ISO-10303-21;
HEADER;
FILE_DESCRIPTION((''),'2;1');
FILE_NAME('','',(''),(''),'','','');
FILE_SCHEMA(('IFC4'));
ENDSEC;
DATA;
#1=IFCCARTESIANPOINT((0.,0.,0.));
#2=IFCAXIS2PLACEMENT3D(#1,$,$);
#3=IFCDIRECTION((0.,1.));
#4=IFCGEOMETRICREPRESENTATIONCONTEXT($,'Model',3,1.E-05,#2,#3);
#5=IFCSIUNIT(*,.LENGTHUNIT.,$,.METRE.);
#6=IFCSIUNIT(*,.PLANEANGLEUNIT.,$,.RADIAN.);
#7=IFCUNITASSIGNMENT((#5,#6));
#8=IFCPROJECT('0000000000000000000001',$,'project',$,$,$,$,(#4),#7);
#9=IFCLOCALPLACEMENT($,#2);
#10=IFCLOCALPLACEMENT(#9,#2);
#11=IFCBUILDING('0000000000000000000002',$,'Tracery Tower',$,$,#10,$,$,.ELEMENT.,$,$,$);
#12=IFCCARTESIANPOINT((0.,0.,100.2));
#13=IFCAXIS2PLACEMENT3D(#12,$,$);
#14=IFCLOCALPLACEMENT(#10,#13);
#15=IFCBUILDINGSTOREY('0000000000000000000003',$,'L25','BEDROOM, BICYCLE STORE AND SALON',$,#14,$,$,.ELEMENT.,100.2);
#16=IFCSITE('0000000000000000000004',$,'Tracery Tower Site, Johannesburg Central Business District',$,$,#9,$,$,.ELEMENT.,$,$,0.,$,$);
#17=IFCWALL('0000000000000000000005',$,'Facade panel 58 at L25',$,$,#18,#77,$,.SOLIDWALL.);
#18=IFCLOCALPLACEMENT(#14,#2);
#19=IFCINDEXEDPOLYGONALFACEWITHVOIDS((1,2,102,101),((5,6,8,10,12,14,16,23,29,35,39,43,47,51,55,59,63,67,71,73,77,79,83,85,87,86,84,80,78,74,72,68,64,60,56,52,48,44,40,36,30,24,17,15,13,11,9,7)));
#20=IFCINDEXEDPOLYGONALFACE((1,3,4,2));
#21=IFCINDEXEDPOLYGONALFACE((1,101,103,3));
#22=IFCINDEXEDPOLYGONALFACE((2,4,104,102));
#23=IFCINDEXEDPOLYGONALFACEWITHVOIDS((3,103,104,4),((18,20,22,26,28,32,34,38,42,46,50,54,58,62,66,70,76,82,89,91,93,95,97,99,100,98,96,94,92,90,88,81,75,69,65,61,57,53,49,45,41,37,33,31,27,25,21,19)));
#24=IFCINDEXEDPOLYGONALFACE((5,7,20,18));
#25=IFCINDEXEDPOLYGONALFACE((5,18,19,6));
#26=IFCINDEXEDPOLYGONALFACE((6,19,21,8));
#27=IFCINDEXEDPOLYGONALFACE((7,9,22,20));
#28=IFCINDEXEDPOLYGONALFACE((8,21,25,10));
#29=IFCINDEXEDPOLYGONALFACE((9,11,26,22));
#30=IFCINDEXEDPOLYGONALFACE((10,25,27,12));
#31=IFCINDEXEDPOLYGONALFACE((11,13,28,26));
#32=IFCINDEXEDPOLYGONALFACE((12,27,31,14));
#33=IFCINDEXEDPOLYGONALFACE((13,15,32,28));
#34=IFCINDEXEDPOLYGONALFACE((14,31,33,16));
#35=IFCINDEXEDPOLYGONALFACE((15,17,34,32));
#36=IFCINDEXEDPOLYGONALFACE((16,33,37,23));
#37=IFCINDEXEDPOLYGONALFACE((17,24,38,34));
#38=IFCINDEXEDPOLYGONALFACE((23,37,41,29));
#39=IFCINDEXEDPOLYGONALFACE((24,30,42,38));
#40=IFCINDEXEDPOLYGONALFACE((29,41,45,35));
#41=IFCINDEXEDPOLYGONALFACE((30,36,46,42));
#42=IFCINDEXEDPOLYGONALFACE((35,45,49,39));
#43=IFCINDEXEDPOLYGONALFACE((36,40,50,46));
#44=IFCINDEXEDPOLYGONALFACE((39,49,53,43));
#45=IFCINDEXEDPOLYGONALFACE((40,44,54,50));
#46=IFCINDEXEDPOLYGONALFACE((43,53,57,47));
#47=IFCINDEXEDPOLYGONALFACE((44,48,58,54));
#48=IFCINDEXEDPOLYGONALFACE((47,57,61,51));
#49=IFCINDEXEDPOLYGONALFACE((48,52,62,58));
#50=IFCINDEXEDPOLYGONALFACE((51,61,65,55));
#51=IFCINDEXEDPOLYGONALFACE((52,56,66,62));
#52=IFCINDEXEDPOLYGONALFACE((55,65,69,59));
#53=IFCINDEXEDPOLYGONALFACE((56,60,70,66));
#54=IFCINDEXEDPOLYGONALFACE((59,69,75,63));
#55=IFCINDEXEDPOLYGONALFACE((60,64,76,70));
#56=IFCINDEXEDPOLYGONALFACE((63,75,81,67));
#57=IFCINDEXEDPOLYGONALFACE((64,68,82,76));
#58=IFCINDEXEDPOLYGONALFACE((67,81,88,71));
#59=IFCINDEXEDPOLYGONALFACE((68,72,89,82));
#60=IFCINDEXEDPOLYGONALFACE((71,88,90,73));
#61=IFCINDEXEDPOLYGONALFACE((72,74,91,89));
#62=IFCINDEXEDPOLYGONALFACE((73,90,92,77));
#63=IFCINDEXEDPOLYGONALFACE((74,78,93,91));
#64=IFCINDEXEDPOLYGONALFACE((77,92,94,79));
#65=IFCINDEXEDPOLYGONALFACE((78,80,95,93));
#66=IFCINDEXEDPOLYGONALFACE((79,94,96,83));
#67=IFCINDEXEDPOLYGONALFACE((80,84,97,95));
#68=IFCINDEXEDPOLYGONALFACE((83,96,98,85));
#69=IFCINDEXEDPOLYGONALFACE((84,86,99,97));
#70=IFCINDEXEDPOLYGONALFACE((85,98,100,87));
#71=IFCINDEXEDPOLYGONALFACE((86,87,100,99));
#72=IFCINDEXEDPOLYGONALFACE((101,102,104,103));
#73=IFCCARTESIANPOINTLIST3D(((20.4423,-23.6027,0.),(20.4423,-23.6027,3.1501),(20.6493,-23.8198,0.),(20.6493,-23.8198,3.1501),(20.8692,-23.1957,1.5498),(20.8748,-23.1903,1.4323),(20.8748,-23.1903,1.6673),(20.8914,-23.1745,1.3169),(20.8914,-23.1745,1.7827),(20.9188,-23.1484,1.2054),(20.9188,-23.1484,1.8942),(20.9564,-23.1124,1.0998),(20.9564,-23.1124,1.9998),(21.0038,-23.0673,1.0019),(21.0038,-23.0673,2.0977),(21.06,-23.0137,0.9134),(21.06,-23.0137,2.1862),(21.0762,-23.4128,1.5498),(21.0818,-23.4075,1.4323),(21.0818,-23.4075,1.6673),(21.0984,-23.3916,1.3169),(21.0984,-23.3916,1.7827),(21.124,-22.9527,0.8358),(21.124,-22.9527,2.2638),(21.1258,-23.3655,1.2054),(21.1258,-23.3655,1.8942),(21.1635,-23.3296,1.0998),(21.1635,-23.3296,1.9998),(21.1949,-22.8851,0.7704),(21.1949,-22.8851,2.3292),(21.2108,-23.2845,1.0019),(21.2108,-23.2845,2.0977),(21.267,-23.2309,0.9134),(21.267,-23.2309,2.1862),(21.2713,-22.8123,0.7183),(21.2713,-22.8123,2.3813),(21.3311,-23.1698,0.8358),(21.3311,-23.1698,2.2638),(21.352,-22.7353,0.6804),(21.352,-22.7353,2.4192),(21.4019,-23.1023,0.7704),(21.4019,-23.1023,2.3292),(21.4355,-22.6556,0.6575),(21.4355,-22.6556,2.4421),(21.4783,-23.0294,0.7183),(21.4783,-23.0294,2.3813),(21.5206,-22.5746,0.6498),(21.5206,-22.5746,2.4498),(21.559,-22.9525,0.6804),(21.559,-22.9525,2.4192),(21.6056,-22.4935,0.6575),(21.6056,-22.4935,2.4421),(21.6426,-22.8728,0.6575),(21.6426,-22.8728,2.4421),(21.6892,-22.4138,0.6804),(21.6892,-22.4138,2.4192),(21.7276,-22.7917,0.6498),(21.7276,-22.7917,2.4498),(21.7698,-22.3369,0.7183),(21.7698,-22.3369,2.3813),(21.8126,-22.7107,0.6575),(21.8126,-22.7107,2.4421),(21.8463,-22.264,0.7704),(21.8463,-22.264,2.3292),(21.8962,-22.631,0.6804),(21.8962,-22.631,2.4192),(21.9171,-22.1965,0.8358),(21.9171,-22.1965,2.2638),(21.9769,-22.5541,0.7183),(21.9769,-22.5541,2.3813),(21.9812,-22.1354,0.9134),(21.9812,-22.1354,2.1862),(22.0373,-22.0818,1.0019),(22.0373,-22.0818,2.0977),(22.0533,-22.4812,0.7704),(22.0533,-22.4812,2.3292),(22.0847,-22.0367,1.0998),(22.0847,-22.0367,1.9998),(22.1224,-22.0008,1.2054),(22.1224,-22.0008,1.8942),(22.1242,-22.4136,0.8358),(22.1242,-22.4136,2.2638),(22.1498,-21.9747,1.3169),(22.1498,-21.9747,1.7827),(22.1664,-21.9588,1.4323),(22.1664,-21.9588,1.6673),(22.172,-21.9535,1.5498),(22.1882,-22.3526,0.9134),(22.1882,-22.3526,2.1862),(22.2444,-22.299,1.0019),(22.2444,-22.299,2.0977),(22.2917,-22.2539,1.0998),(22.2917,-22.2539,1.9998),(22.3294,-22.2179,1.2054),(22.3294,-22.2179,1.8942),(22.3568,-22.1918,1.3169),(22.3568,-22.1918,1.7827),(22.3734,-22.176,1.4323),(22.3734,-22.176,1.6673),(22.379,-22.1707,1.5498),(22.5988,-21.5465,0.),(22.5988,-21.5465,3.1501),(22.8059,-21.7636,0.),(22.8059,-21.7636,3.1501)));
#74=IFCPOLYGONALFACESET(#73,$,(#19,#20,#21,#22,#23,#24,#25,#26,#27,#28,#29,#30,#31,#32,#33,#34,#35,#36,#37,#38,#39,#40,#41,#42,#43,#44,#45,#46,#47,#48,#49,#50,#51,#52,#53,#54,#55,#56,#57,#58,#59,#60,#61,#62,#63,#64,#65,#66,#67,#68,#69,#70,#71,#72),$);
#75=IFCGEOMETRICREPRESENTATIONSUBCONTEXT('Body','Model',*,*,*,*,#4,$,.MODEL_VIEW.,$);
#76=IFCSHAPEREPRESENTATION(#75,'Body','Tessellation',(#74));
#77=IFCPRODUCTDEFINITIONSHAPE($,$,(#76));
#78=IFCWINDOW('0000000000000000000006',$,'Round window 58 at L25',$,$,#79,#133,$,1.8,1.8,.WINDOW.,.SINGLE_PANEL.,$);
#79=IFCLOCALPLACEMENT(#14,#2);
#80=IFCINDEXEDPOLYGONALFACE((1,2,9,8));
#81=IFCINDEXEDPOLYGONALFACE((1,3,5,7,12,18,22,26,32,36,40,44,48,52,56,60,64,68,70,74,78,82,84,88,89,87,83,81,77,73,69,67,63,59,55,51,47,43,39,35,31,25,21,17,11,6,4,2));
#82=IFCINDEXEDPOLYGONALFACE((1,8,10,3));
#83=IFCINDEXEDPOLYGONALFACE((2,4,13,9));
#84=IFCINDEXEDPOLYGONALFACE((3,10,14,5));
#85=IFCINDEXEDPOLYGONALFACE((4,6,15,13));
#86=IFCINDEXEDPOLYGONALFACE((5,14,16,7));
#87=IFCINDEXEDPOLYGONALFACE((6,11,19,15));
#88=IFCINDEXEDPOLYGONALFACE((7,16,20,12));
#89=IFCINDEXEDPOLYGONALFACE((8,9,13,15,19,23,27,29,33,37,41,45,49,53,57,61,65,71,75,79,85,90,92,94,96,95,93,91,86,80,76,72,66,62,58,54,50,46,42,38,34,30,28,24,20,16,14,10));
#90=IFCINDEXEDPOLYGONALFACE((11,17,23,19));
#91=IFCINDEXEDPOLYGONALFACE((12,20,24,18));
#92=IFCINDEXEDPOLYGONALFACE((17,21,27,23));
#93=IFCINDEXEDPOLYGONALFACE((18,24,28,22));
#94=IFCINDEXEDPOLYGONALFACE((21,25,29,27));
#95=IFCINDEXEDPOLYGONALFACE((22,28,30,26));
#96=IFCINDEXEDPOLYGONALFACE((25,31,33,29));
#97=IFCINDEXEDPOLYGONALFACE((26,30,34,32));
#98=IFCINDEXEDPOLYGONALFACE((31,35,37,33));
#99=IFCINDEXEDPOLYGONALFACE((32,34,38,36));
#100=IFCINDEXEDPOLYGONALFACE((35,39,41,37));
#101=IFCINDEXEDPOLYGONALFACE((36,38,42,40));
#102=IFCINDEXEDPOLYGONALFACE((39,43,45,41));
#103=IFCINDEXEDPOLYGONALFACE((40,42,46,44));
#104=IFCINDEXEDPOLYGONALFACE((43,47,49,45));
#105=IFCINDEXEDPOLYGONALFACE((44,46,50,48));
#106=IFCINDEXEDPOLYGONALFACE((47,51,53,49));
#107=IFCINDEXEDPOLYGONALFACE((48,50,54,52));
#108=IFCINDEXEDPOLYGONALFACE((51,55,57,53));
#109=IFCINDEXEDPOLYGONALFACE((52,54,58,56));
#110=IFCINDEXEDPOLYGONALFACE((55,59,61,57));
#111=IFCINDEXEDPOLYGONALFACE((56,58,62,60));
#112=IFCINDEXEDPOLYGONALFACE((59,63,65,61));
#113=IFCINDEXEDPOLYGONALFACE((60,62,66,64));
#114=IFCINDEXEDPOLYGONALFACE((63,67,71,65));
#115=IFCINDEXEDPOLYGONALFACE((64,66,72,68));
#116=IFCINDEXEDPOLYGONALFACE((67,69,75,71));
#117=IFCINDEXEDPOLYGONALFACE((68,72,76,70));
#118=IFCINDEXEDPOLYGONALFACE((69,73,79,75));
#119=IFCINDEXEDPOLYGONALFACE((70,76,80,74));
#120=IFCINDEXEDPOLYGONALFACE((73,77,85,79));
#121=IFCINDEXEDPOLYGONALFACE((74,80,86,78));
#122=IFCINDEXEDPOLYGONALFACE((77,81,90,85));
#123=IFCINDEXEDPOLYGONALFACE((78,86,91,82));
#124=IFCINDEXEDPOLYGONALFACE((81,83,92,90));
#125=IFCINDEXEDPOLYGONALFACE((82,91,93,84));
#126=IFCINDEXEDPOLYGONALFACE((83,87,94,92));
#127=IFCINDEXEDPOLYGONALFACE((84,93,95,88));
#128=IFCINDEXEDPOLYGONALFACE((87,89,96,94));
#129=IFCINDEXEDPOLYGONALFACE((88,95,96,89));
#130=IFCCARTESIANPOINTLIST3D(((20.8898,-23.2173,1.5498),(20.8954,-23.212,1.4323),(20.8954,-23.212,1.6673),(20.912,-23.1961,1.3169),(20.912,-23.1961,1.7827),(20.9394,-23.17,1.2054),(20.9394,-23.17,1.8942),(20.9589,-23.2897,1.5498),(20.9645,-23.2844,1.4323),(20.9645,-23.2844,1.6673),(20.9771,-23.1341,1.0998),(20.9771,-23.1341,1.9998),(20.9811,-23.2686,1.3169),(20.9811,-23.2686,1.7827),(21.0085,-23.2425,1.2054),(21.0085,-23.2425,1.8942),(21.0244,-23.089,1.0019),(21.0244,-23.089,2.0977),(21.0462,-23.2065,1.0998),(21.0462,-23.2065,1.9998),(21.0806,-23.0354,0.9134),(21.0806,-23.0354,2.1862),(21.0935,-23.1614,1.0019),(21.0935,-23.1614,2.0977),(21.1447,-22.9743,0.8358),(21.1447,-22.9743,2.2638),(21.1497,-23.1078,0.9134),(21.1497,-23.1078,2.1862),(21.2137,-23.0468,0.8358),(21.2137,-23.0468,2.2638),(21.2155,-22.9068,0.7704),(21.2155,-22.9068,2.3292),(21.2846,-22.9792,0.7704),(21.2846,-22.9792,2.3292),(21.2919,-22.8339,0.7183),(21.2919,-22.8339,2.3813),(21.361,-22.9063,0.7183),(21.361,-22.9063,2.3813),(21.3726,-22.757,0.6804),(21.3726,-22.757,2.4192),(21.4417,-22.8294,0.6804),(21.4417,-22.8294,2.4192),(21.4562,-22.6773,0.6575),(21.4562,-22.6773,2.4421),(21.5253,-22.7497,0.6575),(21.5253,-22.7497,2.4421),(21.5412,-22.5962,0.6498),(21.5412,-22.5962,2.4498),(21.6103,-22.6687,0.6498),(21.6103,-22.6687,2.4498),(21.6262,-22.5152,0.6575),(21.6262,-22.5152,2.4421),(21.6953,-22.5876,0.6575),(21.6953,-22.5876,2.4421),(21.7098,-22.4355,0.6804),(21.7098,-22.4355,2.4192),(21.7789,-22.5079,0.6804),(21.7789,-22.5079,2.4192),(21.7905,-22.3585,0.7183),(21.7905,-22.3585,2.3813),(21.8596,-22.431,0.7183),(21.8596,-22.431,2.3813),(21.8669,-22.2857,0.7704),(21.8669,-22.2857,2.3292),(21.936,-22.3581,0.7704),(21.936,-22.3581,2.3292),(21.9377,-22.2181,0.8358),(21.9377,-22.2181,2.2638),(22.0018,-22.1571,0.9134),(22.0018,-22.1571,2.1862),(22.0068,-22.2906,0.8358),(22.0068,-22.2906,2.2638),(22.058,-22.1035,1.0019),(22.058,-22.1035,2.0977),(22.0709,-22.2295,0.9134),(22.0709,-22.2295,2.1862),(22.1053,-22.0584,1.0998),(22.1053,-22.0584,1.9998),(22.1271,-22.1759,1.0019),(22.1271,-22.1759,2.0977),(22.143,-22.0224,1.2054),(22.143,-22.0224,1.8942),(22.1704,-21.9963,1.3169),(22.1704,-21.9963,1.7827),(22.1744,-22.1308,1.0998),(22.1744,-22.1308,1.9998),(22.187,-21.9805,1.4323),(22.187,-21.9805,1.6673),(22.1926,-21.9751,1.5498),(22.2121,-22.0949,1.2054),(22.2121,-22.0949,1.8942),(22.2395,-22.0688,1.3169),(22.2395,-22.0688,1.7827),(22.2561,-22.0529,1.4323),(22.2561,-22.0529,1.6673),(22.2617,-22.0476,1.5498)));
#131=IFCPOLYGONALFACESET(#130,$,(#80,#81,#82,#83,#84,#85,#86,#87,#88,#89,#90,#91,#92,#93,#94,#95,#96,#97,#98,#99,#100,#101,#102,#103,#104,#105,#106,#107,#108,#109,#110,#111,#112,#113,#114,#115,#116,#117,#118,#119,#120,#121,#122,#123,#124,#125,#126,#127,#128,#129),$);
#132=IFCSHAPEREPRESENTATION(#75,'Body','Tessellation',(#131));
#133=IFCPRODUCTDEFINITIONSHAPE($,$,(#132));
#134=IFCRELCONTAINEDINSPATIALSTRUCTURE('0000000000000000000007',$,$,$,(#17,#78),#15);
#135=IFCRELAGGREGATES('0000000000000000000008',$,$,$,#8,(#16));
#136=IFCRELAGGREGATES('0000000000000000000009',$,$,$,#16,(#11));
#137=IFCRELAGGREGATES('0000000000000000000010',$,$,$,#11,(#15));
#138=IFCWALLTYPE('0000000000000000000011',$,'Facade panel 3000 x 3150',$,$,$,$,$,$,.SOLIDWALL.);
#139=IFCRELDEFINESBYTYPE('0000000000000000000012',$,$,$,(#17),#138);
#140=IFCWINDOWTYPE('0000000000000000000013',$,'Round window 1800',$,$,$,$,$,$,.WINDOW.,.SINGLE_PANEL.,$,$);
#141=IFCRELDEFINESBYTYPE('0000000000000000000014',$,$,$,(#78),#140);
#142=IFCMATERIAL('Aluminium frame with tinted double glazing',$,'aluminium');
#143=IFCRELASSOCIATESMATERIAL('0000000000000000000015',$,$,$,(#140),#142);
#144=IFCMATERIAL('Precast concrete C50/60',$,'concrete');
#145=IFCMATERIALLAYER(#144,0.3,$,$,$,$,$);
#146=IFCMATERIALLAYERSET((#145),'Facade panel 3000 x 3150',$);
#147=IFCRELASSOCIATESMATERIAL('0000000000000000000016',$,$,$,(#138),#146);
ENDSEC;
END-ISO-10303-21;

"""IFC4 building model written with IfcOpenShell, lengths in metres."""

from ifc_helpers import new_model, si_unit, direction, frame, frame_2d, origin, origin_2d, place, context, subcontext, project, spatial, rectangle, circle, extrude, material, layer, layer_set, type_object, element, fill, save


model = new_model("IFC4")

# Units and contexts
model_context = context("Model", 3, precision=1e-05, world=origin(), true_north=direction((0.0, 1.0)))
body_context = subcontext(model_context, "Body", "Model", "MODEL_VIEW")
ifc_project = project(units=[si_unit("LENGTHUNIT", "METRE"), si_unit("PLANEANGLEUNIT", "RADIAN")], contexts=[model_context])

# Site, building, storey
site_placement = place(None, origin())
site = spatial("IfcSite", under=ifc_project, at=site_placement, Name="Tracery Tower Site, Johannesburg Central Business District", CompositionType="ELEMENT", RefElevation=0.0)
building_placement = place(site_placement, origin())
building = spatial("IfcBuilding", under=site, at=building_placement, Name="Tracery Tower", CompositionType="ELEMENT")
storey_placement = place(building_placement, frame((0.0, 0.0, 100.2)))
storey = spatial("IfcBuildingStorey", under=building, at=storey_placement, Name="L25", Description="BEDROOM, BICYCLE STORE AND SALON", CompositionType="ELEMENT", Elevation=100.2)

# Wall, opening, window
ifc_material_1 = material(Name="Aluminium frame with tinted double glazing", Category="aluminium")
window_type = type_object("IfcWindowType", Name="Round window 1800", PartitioningType="SINGLE_PANEL", PredefinedType="WINDOW", material=ifc_material_1)
ifc_material_2 = material(Name="Precast concrete C50/60", Category="concrete")
ifc_layer_1 = layer(ifc_material_2, 0.3)
ifc_layer_set_1 = layer_set([ifc_layer_1], Name="Facade panel 3000 x 3150")
wall_type_1 = type_object("IfcWallType", Name="Facade panel 3000 x 3150", PredefinedType="SOLIDWALL", material=ifc_layer_set_1)
wall_1_placement = place(storey_placement, frame((20.5459, -23.7112, 0.0), z_axis=(0.0, 0.0, 1.0), x_axis=(0.723744, 0.690068, 0.0)))
wall_1 = element("IfcWall", 1, at=wall_1_placement, inside=storey, type_object=wall_type_1, Name="Facade panel 58 at L25", PredefinedType="SOLIDWALL", context=body_context, shape_type="SweptSolid", body=[
    extrude(rectangle(XDim=2.9797, YDim=0.3, at=frame_2d((1.4897, 0.0))), origin(), (0.0, 0.0, 1.0), 3.1501),
])
opening_1_placement = place(wall_1_placement, frame((1.4897, 0.0, 1.5498)))
opening_1 = element("IfcOpeningElement", 2, at=opening_1_placement, cuts=wall_1, PredefinedType="OPENING", context=body_context, shape_type="SweptSolid", body=[
    extrude(circle(Radius=0.9, at=origin_2d()), frame((0.0, 0.1599, 0.0), z_axis=(0.0, -1.0, 0.0), x_axis=(1.0, 0.0, 0.0)), (0.0, 0.0, 1.0), 0.3201),
])
window_1_placement = place(opening_1_placement, origin())
window_1 = element("IfcWindow", 3, at=window_1_placement, inside=storey, type_object=window_type, Name="Round window 58 at L25", OverallHeight=1.8, OverallWidth=1.8, PartitioningType="SINGLE_PANEL", PredefinedType="WINDOW", context=body_context, shape_type="SweptSolid", body=[
    extrude(circle(Radius=0.9, at=origin_2d()), frame((0.0, 0.1201, 0.0), z_axis=(0.0, -1.0, 0.0), x_axis=(1.0, 0.0, 0.0)), (0.0, 0.0, 1.0), 0.1001),
])
fill(opening_1, window_1)

save(model, "model.ifc")
